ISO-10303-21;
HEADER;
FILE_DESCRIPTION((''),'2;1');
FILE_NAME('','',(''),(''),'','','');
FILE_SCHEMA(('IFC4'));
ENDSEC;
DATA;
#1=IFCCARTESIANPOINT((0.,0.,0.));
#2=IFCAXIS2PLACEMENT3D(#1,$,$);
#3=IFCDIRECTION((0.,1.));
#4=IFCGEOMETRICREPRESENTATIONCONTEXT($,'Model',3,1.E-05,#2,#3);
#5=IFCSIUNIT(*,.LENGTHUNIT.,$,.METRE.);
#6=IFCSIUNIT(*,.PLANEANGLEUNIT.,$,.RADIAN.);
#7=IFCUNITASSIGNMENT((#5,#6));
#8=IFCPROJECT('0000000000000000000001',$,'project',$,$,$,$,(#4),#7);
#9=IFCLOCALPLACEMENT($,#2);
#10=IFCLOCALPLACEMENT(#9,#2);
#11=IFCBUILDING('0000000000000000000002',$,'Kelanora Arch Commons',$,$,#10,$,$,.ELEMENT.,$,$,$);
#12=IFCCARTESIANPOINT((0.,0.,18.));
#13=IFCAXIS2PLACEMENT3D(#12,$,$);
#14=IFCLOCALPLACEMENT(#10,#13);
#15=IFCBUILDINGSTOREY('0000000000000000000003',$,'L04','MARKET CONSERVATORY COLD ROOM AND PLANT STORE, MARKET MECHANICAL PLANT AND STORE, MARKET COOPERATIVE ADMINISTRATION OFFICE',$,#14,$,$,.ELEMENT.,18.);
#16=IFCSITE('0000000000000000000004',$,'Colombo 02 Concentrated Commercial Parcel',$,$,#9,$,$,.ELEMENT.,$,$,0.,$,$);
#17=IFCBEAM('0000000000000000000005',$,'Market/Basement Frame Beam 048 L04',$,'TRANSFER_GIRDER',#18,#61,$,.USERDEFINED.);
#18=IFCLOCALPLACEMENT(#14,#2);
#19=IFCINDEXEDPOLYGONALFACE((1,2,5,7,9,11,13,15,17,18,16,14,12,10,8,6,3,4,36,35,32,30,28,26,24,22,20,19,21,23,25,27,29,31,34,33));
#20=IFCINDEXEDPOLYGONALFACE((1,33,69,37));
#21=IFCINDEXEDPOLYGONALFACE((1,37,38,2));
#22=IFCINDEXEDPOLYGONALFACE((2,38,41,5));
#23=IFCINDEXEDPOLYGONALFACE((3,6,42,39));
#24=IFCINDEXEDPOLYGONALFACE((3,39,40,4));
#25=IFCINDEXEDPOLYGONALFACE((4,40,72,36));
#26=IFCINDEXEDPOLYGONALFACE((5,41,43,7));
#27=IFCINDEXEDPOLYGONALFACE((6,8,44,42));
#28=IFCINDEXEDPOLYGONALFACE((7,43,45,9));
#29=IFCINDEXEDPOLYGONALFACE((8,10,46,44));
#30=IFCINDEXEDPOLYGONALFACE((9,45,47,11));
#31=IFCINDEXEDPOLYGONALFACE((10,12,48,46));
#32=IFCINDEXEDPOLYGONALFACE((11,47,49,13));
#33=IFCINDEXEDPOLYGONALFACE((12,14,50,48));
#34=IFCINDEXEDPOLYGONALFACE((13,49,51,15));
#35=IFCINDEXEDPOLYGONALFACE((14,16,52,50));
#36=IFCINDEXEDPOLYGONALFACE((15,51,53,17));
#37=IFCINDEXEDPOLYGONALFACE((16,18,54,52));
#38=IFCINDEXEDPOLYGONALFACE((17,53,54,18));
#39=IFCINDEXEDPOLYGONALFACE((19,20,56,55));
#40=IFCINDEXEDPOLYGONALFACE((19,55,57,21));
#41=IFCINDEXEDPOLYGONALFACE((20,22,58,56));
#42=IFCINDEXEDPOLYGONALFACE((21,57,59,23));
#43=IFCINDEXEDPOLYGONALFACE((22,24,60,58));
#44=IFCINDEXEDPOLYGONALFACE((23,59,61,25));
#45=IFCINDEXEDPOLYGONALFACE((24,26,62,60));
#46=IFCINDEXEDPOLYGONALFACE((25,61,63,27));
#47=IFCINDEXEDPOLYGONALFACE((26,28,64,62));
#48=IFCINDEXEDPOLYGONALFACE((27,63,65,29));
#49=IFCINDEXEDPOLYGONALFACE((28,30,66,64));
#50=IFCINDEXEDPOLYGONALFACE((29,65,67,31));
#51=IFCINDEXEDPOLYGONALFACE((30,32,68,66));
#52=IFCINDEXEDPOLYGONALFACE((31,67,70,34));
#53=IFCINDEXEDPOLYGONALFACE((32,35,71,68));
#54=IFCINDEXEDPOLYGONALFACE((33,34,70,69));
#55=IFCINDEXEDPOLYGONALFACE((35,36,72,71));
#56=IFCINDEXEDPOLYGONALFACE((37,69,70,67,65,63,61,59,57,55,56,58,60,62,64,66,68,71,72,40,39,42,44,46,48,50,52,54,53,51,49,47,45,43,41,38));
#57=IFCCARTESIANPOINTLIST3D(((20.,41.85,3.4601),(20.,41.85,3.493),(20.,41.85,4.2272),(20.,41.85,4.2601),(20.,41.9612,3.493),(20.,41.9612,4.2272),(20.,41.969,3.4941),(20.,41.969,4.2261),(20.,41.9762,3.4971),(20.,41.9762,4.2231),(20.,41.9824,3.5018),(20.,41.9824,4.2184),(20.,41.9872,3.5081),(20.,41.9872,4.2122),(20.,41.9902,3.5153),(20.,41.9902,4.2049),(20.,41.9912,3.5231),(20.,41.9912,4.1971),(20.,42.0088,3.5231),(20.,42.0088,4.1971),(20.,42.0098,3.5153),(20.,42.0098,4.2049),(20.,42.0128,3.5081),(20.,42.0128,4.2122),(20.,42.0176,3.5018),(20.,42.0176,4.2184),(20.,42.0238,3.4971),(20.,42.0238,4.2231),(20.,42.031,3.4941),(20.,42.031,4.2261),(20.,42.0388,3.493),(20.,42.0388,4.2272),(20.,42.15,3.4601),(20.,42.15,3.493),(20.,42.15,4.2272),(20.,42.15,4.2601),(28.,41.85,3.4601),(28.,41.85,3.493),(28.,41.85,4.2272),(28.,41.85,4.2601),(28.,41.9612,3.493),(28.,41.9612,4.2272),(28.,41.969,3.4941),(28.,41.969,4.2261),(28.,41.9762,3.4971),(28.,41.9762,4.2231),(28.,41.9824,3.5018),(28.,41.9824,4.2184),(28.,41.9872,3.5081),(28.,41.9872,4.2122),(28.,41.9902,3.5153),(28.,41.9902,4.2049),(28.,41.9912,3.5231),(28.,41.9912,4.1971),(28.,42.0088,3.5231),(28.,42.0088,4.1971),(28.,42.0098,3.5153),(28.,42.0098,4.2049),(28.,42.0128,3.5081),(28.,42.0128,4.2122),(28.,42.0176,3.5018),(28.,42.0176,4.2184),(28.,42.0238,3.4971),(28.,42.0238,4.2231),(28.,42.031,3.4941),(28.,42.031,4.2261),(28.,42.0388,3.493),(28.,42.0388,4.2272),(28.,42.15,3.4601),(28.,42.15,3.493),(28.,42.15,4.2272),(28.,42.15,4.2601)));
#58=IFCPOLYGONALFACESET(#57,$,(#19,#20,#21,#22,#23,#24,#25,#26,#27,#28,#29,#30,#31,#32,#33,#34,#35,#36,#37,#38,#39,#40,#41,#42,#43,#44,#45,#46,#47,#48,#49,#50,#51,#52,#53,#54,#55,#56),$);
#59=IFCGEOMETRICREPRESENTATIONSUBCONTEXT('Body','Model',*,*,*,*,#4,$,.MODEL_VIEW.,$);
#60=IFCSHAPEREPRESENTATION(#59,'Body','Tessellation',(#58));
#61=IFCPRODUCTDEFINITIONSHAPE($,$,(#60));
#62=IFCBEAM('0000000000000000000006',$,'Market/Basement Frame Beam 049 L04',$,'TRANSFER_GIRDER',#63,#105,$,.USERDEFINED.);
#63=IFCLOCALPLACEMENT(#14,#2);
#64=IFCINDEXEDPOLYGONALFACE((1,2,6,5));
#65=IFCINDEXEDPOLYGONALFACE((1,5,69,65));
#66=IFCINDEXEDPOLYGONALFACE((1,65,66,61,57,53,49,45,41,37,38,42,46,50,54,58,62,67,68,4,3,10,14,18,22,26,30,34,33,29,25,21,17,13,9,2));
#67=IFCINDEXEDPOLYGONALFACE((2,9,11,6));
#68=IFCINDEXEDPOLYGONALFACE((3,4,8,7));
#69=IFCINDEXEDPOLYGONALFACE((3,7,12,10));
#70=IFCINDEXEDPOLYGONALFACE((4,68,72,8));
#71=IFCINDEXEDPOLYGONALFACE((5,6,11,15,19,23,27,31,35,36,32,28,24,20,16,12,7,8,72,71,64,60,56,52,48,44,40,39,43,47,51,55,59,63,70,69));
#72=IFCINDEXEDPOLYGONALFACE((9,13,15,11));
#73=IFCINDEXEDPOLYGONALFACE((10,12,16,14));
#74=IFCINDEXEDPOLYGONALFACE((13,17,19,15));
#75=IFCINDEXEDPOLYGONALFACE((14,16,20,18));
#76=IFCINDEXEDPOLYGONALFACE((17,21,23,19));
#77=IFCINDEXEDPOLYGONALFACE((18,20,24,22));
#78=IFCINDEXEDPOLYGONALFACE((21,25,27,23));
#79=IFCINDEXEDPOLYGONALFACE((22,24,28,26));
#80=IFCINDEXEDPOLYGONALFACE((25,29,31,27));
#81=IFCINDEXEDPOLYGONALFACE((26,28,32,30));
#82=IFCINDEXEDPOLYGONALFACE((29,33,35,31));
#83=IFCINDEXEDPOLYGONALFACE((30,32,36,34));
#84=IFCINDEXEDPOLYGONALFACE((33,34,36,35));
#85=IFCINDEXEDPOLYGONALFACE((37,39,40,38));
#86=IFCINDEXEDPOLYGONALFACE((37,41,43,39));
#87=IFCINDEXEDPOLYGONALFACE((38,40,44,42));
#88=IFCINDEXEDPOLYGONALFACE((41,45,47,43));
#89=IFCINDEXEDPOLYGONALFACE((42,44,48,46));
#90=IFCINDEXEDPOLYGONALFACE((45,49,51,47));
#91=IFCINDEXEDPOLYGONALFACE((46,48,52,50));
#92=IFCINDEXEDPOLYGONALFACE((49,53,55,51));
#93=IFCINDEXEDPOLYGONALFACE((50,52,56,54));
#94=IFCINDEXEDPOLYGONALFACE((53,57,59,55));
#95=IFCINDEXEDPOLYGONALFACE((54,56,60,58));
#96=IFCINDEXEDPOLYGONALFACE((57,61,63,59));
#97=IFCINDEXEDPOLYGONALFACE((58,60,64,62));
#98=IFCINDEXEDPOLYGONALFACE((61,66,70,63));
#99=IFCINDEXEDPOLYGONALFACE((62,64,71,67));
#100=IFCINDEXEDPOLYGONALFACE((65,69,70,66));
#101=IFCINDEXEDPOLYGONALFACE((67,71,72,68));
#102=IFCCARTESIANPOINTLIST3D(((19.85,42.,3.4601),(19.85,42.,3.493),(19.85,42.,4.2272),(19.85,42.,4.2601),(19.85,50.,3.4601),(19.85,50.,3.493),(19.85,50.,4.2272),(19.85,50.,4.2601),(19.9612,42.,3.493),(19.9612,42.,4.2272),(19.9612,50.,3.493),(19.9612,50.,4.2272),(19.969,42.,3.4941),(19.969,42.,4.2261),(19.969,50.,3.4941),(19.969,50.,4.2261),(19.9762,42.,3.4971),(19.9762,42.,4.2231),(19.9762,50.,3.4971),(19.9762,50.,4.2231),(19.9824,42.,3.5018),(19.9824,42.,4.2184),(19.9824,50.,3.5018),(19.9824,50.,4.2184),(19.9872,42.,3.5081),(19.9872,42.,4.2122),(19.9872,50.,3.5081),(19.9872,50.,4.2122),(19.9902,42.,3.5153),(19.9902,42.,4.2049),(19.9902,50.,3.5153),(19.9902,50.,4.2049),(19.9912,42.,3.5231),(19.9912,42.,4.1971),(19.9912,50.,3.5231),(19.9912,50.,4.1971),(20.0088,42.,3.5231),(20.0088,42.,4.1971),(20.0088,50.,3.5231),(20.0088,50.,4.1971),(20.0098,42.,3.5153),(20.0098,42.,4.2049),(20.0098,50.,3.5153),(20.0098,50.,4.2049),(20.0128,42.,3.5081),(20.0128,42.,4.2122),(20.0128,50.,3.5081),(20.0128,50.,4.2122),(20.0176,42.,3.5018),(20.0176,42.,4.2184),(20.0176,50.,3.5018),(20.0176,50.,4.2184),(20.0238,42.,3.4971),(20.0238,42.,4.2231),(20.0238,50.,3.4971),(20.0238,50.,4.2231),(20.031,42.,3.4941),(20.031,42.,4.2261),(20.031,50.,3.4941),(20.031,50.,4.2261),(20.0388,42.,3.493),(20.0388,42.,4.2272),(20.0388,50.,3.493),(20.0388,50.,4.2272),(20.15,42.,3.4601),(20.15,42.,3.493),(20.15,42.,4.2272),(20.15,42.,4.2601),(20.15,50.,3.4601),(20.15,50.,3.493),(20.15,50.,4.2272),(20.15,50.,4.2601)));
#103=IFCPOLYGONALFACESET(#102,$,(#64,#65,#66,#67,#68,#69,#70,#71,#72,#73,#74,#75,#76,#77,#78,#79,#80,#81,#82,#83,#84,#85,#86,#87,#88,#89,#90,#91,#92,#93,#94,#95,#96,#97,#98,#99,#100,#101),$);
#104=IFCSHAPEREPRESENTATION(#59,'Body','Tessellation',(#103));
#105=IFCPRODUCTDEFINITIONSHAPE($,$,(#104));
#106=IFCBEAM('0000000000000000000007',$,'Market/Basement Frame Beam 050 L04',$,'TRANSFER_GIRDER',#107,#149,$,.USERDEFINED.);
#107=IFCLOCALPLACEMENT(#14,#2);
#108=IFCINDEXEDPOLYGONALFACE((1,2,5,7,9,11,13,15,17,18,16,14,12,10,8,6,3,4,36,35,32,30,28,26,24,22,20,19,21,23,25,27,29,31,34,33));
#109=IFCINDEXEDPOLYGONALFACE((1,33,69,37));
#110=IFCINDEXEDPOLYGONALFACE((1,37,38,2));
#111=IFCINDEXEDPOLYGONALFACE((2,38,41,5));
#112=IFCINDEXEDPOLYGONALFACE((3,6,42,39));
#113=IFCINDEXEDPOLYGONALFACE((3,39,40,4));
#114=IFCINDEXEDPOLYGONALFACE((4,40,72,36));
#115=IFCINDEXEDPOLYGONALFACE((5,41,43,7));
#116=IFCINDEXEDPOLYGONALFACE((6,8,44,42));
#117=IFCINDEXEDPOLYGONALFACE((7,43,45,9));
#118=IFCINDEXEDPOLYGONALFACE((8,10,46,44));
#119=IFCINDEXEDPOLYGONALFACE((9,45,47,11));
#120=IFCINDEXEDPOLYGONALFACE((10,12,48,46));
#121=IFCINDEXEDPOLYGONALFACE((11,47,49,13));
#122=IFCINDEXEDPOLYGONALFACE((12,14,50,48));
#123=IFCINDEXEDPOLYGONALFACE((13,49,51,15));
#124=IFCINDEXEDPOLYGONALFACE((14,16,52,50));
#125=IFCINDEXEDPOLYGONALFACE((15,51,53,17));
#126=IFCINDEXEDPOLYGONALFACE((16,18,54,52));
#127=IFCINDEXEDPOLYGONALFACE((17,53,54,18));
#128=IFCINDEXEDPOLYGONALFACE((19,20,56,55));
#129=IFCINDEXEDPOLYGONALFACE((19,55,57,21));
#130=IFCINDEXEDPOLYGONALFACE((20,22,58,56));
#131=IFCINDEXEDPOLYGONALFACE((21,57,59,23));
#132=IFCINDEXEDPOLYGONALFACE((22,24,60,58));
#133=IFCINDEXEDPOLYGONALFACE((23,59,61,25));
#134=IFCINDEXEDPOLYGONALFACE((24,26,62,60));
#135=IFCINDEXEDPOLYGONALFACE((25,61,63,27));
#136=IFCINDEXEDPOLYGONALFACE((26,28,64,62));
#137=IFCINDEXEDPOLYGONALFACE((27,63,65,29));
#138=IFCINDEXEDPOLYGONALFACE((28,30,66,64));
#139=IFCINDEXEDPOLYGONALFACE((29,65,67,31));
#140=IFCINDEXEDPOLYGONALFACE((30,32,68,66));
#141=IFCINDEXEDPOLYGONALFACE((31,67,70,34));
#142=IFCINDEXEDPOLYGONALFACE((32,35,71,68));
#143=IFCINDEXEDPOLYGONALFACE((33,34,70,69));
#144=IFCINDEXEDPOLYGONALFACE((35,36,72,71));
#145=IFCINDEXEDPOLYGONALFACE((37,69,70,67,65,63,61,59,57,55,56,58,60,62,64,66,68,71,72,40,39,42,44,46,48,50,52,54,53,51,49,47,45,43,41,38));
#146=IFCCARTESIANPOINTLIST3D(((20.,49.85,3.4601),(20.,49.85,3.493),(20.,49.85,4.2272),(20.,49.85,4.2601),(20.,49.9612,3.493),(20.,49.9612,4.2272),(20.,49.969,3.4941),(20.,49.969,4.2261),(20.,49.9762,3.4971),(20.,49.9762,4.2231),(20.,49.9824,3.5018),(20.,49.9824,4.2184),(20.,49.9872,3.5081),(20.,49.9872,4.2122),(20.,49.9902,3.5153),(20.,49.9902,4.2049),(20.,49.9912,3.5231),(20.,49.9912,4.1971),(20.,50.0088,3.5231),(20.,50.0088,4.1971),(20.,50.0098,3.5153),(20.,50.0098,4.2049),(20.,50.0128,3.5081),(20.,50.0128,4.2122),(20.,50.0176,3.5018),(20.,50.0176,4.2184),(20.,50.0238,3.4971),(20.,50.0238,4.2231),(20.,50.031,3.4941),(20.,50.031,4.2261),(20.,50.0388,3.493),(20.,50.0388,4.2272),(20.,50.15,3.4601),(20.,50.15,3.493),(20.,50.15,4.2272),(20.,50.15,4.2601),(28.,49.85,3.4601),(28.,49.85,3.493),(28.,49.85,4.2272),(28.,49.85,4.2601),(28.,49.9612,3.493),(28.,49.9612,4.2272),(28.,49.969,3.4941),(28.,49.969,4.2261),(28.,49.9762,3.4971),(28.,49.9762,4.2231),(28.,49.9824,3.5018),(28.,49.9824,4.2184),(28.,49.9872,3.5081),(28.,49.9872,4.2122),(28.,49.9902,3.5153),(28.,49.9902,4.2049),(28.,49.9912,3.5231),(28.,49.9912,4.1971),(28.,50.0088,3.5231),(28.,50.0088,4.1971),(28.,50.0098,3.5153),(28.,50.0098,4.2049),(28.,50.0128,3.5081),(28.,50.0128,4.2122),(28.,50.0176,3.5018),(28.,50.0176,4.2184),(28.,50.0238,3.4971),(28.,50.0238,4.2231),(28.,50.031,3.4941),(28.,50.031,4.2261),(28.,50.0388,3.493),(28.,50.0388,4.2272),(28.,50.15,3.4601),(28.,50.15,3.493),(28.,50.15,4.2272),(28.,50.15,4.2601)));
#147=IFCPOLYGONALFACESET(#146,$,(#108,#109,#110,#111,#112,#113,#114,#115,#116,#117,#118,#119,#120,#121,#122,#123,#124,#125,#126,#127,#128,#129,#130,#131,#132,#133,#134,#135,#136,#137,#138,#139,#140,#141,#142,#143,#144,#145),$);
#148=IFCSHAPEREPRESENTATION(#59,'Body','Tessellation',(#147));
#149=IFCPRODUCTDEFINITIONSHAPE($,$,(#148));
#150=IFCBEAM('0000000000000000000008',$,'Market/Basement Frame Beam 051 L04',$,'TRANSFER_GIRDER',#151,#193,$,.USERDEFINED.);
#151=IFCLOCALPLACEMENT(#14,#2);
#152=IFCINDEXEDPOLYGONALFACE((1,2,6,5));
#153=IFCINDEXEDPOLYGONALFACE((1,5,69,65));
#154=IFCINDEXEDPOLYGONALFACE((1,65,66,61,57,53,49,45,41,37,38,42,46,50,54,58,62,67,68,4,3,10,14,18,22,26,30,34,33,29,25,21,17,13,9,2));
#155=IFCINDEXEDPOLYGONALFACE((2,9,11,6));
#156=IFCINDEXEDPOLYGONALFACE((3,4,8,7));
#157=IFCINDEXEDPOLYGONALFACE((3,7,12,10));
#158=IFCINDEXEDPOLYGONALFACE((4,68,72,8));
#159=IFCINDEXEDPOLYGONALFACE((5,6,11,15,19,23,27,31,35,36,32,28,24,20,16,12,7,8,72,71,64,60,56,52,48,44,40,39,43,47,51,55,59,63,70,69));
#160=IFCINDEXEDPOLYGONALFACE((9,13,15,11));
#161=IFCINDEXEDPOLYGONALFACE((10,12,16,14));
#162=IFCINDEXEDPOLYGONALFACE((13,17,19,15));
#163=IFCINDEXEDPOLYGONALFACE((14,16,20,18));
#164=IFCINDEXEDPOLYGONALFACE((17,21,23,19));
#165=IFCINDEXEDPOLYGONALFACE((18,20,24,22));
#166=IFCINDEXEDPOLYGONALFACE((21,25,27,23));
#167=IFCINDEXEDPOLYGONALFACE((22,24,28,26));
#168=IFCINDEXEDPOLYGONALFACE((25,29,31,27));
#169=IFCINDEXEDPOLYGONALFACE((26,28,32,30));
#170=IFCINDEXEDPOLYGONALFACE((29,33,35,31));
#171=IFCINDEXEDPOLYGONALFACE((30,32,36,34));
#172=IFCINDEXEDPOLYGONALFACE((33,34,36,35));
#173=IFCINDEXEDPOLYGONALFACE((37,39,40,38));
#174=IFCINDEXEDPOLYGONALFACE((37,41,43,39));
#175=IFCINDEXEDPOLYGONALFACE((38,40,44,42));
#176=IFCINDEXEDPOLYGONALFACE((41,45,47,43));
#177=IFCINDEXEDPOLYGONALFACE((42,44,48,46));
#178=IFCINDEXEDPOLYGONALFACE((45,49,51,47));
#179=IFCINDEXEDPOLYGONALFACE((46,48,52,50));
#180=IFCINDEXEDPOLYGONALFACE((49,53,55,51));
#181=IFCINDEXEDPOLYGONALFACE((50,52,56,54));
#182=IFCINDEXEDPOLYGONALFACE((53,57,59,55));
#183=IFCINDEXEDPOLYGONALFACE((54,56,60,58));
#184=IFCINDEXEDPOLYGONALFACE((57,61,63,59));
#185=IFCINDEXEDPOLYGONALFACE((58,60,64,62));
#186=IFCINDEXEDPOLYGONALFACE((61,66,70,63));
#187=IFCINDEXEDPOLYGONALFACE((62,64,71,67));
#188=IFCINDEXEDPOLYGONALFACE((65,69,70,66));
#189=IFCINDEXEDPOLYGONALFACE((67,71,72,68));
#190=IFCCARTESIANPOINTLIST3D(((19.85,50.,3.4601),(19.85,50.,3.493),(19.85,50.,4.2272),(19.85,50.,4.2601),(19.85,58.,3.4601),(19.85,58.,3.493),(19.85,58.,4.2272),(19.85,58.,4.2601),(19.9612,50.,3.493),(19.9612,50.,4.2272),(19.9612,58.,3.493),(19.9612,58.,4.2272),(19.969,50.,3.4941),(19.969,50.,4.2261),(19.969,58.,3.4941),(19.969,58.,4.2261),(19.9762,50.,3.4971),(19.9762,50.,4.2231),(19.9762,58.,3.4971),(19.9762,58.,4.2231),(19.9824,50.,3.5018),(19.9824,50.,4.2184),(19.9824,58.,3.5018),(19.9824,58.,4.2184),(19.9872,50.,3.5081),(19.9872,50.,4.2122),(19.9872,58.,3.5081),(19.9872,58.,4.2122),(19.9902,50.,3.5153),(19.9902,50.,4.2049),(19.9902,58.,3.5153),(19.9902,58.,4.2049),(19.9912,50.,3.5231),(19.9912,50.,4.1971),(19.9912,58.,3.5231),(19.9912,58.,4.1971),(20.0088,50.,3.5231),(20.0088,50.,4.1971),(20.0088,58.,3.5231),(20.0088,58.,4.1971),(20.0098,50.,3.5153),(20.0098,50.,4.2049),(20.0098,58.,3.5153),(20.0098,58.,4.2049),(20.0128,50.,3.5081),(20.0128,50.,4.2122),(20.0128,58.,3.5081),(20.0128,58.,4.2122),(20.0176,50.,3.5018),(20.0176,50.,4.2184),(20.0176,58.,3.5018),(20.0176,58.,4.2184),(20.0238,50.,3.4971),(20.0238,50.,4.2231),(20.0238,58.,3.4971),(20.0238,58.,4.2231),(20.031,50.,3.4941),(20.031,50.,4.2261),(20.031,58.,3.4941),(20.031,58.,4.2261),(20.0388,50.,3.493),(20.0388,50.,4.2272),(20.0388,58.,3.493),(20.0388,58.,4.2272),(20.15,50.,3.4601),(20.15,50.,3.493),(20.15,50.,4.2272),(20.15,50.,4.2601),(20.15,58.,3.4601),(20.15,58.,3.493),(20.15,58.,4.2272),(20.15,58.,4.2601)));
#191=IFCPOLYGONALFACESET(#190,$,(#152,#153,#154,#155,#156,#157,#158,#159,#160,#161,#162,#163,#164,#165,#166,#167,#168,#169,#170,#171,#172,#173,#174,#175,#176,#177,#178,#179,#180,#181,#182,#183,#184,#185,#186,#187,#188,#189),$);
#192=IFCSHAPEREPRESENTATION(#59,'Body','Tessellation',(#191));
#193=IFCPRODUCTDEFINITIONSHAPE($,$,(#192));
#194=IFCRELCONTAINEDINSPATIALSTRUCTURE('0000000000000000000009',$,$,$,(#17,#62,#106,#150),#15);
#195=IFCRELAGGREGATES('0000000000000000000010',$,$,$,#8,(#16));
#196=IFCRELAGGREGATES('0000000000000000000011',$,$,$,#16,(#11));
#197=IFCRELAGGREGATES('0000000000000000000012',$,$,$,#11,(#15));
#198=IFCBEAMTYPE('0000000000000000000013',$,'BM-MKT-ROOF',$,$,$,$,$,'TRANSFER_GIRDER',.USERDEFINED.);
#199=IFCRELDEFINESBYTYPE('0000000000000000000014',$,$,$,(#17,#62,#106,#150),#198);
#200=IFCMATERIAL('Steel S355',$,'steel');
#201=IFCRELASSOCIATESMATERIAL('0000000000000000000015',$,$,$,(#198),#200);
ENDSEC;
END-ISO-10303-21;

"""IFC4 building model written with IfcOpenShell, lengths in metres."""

from ifc_helpers import new_model, si_unit, direction, frame, origin, origin_2d, place, context, subcontext, project, spatial, i_section, extrude, material, material_profile, profile_set, type_object, element, save


model = new_model("IFC4")

# Units and contexts
model_context = context("Model", 3, precision=1e-05, world=origin(), true_north=direction((0.0, 1.0)))
body_context = subcontext(model_context, "Body", "Model", "MODEL_VIEW")
ifc_project = project(units=[si_unit("LENGTHUNIT", "METRE"), si_unit("PLANEANGLEUNIT", "RADIAN")], contexts=[model_context])

# Site, building, storey
site_placement = place(None, origin())
site = spatial("IfcSite", under=ifc_project, at=site_placement, Name="Colombo 02 Concentrated Commercial Parcel", CompositionType="ELEMENT", RefElevation=0.0)
building_placement = place(site_placement, origin())
building = spatial("IfcBuilding", under=site, at=building_placement, Name="Kelanora Arch Commons", CompositionType="ELEMENT")
storey_placement = place(building_placement, frame((0.0, 0.0, 18.0)))
storey = spatial("IfcBuildingStorey", under=building, at=storey_placement, Name="L04", Description="MARKET CONSERVATORY COLD ROOM AND PLANT STORE, MARKET MECHANICAL PLANT AND STORE, MARKET COOPERATIVE ADMINISTRATION OFFICE", CompositionType="ELEMENT", Elevation=18.0)

# Beams
ifc_material_1 = material(Name="Steel S355", Category="steel")
ifc_material_profile_1 = material_profile(ifc_material_1, i_section(OverallWidth=0.3, OverallDepth=0.8, WebThickness=0.0176, FlangeThickness=0.033, FilletRadius=0.03, at=origin_2d()), Name="HEB800")
ifc_profile_set_1 = profile_set([ifc_material_profile_1], Name="Steel S355")
beam_type = type_object("IfcBeamType", Name="BM-MKT-ROOF", ElementType="TRANSFER_GIRDER", PredefinedType="USERDEFINED", material=ifc_profile_set_1)
for number, where, z_axis, x_axis, name in (
    (1, (20.0, 42.0, 3.8601), (1.0, 0.0, 0.0), (0.0, 1.0, 0.0), "Market/Basement Frame Beam 048 L04"),
    (2, (20.0, 42.0, 3.8601), (0.0, 1.0, 0.0), (-1.0, 0.0, 0.0), "Market/Basement Frame Beam 049 L04"),
    (3, (20.0, 50.0, 3.8601), (1.0, 0.0, 0.0), (0.0, 1.0, 0.0), "Market/Basement Frame Beam 050 L04"),
    (4, (20.0, 50.0, 3.8601), (0.0, 1.0, 0.0), (-1.0, 0.0, 0.0), "Market/Basement Frame Beam 051 L04"),
):
    element("IfcBeam", number, at=place(storey_placement, frame(where, z_axis=z_axis, x_axis=x_axis)), inside=storey, type_object=beam_type, Name=name, ObjectType="TRANSFER_GIRDER", PredefinedType="USERDEFINED", context=body_context, shape_type="SweptSolid", body=[
        extrude(i_section(OverallWidth=0.3, OverallDepth=0.8, WebThickness=0.0176, FlangeThickness=0.033, FilletRadius=0.03, at=origin_2d()), origin(), (0.0, 0.0, 1.0), 8.0),
    ])

save(model, "model.ifc")
